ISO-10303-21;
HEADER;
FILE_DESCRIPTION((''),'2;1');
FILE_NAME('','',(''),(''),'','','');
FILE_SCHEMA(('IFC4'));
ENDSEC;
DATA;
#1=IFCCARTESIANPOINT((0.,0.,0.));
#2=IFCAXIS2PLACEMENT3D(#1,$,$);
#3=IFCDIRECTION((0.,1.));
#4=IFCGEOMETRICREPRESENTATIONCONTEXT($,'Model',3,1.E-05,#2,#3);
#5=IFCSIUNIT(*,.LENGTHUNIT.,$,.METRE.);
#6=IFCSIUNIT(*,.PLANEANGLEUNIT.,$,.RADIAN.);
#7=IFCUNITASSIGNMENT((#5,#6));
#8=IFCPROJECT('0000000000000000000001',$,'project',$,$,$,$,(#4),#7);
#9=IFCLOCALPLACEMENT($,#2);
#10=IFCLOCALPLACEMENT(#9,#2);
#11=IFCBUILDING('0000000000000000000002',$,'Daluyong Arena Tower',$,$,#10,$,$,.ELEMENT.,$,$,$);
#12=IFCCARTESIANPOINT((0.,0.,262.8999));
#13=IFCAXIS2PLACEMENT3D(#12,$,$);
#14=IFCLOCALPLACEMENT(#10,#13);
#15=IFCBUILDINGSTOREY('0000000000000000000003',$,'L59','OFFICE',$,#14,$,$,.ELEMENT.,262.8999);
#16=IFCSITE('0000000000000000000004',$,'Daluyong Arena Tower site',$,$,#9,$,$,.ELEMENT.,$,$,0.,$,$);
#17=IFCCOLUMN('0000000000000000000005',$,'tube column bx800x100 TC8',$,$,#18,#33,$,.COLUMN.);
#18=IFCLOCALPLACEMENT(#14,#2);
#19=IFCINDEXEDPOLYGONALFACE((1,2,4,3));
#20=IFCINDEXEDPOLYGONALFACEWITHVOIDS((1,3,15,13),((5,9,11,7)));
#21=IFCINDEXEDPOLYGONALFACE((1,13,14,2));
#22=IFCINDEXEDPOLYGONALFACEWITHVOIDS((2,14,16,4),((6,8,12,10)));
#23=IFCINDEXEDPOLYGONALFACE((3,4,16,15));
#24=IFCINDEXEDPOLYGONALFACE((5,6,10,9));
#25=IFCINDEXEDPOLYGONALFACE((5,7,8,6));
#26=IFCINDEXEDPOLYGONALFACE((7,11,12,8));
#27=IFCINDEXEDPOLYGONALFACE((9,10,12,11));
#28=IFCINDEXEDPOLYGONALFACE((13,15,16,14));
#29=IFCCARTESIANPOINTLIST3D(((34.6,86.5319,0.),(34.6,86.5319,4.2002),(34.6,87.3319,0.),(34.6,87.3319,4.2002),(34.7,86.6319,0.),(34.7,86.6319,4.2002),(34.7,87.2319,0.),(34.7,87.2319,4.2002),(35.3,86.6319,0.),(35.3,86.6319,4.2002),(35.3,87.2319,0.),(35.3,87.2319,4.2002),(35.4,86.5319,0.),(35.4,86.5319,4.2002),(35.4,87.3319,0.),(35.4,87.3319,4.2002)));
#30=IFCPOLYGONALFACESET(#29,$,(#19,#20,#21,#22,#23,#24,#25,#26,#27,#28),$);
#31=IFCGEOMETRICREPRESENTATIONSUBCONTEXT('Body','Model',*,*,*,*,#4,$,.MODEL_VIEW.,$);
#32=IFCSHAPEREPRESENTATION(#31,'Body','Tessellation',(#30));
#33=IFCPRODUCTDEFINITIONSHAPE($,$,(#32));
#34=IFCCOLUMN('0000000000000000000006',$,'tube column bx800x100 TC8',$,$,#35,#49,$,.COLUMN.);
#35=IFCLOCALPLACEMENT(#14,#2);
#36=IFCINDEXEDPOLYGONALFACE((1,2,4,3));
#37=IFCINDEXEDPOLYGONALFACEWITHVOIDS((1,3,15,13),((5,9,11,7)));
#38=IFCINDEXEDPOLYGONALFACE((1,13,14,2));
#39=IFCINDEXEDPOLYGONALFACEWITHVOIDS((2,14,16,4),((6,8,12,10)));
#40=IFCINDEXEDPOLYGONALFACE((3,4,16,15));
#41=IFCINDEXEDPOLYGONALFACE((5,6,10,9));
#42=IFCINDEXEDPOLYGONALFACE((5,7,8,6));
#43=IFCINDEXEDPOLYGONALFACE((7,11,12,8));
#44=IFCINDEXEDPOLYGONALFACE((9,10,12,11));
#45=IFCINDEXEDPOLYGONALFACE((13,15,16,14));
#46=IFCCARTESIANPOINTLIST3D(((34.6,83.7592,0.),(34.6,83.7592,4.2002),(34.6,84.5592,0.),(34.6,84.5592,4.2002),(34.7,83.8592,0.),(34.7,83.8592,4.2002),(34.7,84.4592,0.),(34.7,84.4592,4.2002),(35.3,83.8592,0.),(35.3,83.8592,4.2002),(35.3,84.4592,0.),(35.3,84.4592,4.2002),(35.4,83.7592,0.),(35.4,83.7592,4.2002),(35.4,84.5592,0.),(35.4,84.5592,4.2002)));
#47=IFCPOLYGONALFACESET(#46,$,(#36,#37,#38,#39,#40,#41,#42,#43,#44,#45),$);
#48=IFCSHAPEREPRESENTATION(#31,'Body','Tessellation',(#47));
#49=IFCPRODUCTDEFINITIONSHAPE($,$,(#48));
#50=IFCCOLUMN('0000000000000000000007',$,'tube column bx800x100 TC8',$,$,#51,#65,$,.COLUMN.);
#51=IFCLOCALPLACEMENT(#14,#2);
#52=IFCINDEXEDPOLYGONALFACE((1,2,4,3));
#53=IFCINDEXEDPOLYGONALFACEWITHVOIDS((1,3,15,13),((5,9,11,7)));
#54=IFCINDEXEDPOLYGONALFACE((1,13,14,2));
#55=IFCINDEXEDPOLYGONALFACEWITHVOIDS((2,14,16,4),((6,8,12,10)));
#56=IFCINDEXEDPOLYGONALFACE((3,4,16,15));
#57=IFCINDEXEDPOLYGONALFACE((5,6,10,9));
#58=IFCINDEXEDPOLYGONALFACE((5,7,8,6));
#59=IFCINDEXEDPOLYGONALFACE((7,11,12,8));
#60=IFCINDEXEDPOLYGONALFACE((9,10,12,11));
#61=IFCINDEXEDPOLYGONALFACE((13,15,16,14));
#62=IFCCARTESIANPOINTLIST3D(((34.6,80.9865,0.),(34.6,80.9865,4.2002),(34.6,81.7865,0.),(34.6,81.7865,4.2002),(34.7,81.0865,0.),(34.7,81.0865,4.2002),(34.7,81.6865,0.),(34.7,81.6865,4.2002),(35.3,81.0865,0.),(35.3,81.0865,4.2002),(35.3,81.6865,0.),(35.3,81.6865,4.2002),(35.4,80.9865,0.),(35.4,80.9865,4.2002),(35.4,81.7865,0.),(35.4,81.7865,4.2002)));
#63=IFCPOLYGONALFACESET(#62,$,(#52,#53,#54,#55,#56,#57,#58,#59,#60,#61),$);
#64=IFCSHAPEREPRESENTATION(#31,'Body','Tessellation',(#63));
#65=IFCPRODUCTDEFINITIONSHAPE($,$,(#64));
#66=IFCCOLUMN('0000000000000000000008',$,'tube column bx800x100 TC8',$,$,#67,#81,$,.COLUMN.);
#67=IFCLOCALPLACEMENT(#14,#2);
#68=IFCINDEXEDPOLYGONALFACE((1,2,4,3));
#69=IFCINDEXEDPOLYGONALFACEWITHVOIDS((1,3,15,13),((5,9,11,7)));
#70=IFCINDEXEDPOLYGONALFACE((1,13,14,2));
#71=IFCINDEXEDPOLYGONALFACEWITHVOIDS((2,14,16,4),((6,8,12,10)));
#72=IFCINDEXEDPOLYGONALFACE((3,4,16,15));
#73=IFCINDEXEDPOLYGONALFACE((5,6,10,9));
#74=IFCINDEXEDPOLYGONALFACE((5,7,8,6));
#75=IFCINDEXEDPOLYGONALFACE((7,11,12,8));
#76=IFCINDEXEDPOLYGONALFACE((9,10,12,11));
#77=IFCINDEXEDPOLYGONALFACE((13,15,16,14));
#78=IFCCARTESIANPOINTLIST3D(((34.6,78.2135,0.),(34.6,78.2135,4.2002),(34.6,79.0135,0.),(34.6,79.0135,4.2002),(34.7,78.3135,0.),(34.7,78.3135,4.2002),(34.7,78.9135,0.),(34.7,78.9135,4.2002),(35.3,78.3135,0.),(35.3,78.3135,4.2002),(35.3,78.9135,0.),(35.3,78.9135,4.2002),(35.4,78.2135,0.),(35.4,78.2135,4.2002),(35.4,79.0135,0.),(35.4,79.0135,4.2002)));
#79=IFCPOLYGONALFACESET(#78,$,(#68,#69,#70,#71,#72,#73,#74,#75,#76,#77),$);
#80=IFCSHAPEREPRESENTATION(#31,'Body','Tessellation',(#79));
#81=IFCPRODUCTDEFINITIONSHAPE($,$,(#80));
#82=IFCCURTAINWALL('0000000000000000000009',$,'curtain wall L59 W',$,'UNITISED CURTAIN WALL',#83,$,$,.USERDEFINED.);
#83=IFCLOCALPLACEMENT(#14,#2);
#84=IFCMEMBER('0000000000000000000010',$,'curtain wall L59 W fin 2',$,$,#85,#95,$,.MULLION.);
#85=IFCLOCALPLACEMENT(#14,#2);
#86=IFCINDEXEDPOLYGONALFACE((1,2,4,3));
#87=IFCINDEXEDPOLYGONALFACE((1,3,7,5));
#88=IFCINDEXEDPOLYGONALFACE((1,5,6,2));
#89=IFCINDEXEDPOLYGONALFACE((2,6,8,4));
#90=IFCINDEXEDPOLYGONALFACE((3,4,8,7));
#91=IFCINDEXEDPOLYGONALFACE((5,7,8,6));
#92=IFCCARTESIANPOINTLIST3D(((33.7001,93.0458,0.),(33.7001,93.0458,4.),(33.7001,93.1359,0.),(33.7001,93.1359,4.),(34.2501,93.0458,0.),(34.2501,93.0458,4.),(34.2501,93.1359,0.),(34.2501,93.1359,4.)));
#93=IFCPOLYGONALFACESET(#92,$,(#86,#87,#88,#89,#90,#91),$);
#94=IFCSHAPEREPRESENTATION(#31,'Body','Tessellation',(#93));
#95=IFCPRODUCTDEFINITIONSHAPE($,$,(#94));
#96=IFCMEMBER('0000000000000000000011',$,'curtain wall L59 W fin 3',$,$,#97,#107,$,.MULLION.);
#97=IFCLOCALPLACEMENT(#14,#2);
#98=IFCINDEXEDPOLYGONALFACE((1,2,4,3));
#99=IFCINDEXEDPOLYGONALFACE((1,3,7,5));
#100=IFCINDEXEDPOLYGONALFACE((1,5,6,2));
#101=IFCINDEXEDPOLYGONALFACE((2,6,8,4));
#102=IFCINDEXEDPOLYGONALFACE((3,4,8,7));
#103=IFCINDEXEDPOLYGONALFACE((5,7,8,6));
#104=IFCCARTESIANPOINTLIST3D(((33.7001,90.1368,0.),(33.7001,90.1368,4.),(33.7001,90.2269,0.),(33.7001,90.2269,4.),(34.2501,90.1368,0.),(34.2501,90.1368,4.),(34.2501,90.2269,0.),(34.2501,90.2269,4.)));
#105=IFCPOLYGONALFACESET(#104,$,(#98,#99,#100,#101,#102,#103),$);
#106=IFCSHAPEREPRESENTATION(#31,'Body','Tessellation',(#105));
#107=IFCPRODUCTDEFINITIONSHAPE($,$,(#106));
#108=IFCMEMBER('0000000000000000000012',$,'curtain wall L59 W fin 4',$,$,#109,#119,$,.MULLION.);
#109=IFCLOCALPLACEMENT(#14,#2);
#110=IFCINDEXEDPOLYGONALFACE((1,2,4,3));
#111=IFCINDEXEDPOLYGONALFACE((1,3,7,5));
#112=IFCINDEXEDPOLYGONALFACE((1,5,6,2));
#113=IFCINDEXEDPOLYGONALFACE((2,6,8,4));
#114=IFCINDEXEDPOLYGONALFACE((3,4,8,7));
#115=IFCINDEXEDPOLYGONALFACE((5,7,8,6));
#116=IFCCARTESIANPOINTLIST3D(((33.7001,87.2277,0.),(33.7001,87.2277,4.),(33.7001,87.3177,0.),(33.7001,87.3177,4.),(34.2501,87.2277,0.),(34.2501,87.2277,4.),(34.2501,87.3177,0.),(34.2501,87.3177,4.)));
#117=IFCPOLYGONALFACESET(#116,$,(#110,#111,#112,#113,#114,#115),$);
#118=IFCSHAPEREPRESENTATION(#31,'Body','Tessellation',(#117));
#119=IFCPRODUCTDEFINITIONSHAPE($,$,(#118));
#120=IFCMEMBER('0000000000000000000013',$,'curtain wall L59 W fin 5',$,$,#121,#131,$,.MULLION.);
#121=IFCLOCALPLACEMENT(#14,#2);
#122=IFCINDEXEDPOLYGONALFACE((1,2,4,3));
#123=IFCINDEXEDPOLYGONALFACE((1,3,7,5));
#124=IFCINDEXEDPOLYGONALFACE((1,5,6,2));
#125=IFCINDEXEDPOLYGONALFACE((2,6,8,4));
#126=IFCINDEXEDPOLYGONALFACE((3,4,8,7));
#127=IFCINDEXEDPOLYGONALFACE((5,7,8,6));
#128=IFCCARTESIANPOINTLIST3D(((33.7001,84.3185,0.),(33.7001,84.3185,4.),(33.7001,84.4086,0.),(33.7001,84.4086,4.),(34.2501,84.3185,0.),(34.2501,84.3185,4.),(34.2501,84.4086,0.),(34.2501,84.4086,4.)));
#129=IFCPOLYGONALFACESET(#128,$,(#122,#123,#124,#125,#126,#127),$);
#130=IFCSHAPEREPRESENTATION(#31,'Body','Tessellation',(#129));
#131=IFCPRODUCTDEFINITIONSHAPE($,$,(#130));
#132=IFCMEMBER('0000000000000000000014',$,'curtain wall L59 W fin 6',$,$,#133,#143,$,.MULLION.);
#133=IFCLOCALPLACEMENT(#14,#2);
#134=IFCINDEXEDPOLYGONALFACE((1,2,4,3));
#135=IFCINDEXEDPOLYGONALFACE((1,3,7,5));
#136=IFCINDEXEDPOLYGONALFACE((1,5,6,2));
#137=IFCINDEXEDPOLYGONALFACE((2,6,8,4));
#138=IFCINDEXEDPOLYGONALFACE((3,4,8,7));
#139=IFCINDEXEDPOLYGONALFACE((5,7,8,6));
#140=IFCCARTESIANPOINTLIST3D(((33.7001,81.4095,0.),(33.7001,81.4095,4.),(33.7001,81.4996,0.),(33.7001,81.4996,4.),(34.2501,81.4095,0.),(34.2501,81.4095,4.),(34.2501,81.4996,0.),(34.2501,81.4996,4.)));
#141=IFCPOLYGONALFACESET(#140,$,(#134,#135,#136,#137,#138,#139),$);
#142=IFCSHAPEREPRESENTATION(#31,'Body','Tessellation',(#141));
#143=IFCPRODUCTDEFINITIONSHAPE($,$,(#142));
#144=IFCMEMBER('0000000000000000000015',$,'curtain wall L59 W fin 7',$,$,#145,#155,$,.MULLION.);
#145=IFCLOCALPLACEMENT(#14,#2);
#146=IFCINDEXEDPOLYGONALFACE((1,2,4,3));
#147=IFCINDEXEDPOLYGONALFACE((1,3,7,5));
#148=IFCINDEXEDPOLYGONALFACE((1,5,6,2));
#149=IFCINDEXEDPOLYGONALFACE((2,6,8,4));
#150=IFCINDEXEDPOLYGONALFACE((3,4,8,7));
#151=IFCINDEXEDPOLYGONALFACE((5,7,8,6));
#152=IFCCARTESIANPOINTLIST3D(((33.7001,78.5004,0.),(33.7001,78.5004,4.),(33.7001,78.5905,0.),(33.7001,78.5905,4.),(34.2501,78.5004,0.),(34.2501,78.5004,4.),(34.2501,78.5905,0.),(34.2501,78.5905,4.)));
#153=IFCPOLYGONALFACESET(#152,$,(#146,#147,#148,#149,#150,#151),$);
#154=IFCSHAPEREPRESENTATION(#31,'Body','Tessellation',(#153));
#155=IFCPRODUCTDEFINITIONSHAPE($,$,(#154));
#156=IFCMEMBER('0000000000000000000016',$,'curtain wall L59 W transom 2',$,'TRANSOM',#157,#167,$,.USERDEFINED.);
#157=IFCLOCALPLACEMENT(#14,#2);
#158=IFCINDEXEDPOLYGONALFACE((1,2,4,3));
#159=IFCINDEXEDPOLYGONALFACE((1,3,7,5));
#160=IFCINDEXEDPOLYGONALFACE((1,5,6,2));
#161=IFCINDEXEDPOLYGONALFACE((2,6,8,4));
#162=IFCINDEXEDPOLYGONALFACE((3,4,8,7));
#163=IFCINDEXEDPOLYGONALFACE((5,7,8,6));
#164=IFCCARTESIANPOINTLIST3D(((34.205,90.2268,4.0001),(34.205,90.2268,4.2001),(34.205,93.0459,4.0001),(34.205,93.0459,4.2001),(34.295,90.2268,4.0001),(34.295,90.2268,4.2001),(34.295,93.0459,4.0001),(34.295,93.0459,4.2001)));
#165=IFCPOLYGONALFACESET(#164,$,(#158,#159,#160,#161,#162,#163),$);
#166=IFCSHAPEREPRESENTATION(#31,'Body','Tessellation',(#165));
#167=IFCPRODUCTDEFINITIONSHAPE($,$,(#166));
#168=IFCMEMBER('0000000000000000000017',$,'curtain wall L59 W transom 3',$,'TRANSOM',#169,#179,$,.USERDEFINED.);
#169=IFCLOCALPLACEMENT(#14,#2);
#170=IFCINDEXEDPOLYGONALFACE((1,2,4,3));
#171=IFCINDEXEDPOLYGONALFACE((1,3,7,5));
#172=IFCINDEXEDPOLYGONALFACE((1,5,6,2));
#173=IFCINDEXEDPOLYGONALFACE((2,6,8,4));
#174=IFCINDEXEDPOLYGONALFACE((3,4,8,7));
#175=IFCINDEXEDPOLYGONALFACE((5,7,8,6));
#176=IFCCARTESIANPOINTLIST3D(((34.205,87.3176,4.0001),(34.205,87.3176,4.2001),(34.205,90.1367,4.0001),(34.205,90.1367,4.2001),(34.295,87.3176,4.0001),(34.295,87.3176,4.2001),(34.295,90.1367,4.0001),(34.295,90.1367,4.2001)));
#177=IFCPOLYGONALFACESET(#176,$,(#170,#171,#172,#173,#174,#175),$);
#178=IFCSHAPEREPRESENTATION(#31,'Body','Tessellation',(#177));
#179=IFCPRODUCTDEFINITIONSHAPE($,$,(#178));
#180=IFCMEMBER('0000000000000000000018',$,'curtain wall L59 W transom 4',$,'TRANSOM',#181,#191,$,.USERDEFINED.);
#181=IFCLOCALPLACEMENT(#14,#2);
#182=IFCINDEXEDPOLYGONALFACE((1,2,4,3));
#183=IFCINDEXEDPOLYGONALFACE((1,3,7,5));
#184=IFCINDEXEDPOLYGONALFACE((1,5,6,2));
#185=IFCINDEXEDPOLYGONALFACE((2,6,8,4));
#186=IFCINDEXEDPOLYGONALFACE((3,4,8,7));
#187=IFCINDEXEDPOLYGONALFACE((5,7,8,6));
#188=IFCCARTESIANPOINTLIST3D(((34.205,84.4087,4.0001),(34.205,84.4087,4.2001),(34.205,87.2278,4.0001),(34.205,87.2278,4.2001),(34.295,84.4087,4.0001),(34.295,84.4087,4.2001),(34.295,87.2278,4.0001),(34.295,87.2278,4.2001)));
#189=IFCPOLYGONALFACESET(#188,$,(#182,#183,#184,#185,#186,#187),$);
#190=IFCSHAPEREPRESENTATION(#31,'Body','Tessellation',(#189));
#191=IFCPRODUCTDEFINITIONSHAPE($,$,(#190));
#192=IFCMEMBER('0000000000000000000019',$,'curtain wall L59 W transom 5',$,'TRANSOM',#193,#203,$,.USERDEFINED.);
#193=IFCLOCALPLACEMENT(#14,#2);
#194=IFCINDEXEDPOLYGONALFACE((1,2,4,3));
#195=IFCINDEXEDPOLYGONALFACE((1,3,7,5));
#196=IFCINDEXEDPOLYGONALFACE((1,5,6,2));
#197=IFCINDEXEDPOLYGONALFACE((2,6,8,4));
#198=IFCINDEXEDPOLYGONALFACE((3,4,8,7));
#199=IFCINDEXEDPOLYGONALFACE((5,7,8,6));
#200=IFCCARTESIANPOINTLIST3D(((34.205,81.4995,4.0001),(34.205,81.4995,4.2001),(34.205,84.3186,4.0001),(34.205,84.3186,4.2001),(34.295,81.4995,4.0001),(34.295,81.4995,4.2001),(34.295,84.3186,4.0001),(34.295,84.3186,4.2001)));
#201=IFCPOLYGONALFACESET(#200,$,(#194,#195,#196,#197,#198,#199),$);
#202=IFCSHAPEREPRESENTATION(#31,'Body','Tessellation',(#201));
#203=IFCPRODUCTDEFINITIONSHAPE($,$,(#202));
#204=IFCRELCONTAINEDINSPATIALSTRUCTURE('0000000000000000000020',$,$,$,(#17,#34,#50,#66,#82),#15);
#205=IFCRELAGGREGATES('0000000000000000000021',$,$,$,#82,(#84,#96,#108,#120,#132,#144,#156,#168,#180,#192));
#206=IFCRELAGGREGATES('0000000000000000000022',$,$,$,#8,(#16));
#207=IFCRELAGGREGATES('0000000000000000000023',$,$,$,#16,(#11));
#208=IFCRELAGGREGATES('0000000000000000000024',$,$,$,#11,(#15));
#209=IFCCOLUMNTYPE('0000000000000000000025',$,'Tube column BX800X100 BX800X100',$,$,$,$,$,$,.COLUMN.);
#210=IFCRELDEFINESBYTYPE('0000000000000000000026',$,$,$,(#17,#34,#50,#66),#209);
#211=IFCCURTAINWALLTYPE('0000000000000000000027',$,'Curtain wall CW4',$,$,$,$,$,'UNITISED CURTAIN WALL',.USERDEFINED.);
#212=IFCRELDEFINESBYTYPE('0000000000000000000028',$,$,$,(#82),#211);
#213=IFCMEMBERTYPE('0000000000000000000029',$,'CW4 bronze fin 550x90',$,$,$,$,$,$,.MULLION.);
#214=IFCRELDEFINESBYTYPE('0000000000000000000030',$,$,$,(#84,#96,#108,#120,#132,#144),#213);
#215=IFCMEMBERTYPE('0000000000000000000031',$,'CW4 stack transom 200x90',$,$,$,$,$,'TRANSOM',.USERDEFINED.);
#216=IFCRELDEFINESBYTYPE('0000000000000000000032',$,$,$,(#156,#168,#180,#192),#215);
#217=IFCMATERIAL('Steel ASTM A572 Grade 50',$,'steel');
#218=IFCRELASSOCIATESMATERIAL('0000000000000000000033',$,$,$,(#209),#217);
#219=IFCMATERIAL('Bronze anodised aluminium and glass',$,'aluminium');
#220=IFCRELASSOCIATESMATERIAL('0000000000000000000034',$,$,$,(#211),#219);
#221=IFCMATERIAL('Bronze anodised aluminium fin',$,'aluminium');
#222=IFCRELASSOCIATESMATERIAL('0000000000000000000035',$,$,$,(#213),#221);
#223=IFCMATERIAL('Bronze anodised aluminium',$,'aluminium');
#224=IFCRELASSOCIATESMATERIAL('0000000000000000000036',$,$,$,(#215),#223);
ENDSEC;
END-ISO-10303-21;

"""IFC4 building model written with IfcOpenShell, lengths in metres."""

from ifc_helpers import new_model, si_unit, direction, frame, origin, origin_2d, place, context, subcontext, project, spatial, rectangle, hollow_rectangle, extrude, material, material_profile, profile_set, type_object, element, aggregate, save


model = new_model("IFC4")

# Units and contexts
model_context = context("Model", 3, precision=1e-05, world=origin(), true_north=direction((0.0, 1.0)))
body_context = subcontext(model_context, "Body", "Model", "MODEL_VIEW")
ifc_project = project(units=[si_unit("LENGTHUNIT", "METRE"), si_unit("PLANEANGLEUNIT", "RADIAN")], contexts=[model_context])

# Site, building, storey
site_placement = place(None, origin())
site = spatial("IfcSite", under=ifc_project, at=site_placement, Name="Daluyong Arena Tower site", CompositionType="ELEMENT", RefElevation=0.0)
building_placement = place(site_placement, origin())
building = spatial("IfcBuilding", under=site, at=building_placement, Name="Daluyong Arena Tower", CompositionType="ELEMENT")
storey_placement = place(building_placement, frame((0.0, 0.0, 262.8999)))
storey = spatial("IfcBuildingStorey", under=building, at=storey_placement, Name="L59", Description="OFFICE", CompositionType="ELEMENT", Elevation=262.8999)

# Columns
ifc_material_1 = material(Name="Steel ASTM A572 Grade 50", Category="steel")
ifc_material_profile_1 = material_profile(ifc_material_1, hollow_rectangle(XDim=0.8, YDim=0.8, WallThickness=0.1, at=origin_2d()))
ifc_profile_set_1 = profile_set([ifc_material_profile_1], Name="Steel ASTM A572 Grade 50")
column_type = type_object("IfcColumnType", Name="Tube column BX800X100 BX800X100", PredefinedType="COLUMN", material=ifc_profile_set_1)
for number, where, z_axis, x_axis, name in (
    (1, (35.0, 86.9319, 0.0), (0.0, 0.0, 1.0), (0.0, 1.0, 0.0), "tube column bx800x100 TC8"),
    (2, (35.0, 84.1592, 0.0), (0.0, 0.0, 1.0), (0.0, 1.0, 0.0), "tube column bx800x100 TC8"),
    (3, (35.0, 81.3865, 0.0), (0.0, 0.0, 1.0), (0.0, 1.0, 0.0), "tube column bx800x100 TC8"),
    (4, (35.0, 78.6135, 0.0), (0.0, 0.0, 1.0), (0.0, 1.0, 0.0), "tube column bx800x100 TC8"),
):
    element("IfcColumn", number, at=place(storey_placement, frame(where, z_axis=z_axis, x_axis=x_axis)), inside=storey, type_object=column_type, Name=name, PredefinedType="COLUMN", context=body_context, shape_type="SweptSolid", body=[
        extrude(hollow_rectangle(XDim=0.8, YDim=0.8, WallThickness=0.1, at=origin_2d()), origin(), (0.0, 0.0, 1.0), 4.2002),
    ])

# Curtain wall, members
ifc_material_2 = material(Name="Bronze anodised aluminium and glass", Category="aluminium")
curtain_wall_type = type_object("IfcCurtainWallType", Name="Curtain wall CW4", ElementType="UNITISED CURTAIN WALL", PredefinedType="USERDEFINED", material=ifc_material_2)
curtain_wall_placement = place(storey_placement, origin())
curtain_wall = element("IfcCurtainWall", 5, at=curtain_wall_placement, inside=storey, type_object=curtain_wall_type, Name="curtain wall L59 W", ObjectType="UNITISED CURTAIN WALL", PredefinedType="USERDEFINED")
ifc_material_3 = material(Name="Bronze anodised aluminium fin", Category="aluminium")
ifc_material_profile_2 = material_profile(ifc_material_3, rectangle(XDim=0.55, YDim=0.0901, at=origin_2d()))
ifc_profile_set_2 = profile_set([ifc_material_profile_2], Name="Bronze anodised aluminium fin")
member_type_1 = type_object("IfcMemberType", Name="CW4 bronze fin 550x90", PredefinedType="MULLION", material=ifc_profile_set_2)
member_1_placement = place(storey_placement, frame((33.9751, 93.0908, 0.0), z_axis=(0.0, 0.0, 1.0), x_axis=(1.0, 0.0, 0.0)))
member_1 = element("IfcMember", 6, at=member_1_placement, type_object=member_type_1, Name="curtain wall L59 W fin 2", PredefinedType="MULLION", context=body_context, shape_type="SweptSolid", body=[
    extrude(rectangle(XDim=0.55, YDim=0.0901, at=origin_2d()), origin(), (0.0, 0.0, 1.0), 4.0),
])
member_2_placement = place(storey_placement, frame((33.9751, 90.1819, 0.0), z_axis=(0.0, 0.0, 1.0), x_axis=(1.0, 0.0, 0.0)))
member_2 = element("IfcMember", 7, at=member_2_placement, type_object=member_type_1, Name="curtain wall L59 W fin 3", PredefinedType="MULLION", context=body_context, shape_type="SweptSolid", body=[
    extrude(rectangle(XDim=0.55, YDim=0.0901, at=origin_2d()), origin(), (0.0, 0.0, 1.0), 4.0),
])
member_3_placement = place(storey_placement, frame((33.9751, 87.2727, 0.0), z_axis=(0.0, 0.0, 1.0), x_axis=(1.0, 0.0, 0.0)))
member_3 = element("IfcMember", 8, at=member_3_placement, type_object=member_type_1, Name="curtain wall L59 W fin 4", PredefinedType="MULLION", context=body_context, shape_type="SweptSolid", body=[
    extrude(rectangle(XDim=0.55, YDim=0.0901, at=origin_2d()), origin(), (0.0, 0.0, 1.0), 4.0),
])
member_4_placement = place(storey_placement, frame((33.9751, 84.3635, 0.0), z_axis=(0.0, 0.0, 1.0), x_axis=(1.0, 0.0, 0.0)))
member_4 = element("IfcMember", 9, at=member_4_placement, type_object=member_type_1, Name="curtain wall L59 W fin 5", PredefinedType="MULLION", context=body_context, shape_type="SweptSolid", body=[
    extrude(rectangle(XDim=0.55, YDim=0.0901, at=origin_2d()), origin(), (0.0, 0.0, 1.0), 4.0),
])
member_5_placement = place(storey_placement, frame((33.9751, 81.4546, 0.0), z_axis=(0.0, 0.0, 1.0), x_axis=(1.0, 0.0, 0.0)))
member_5 = element("IfcMember", 10, at=member_5_placement, type_object=member_type_1, Name="curtain wall L59 W fin 6", PredefinedType="MULLION", context=body_context, shape_type="SweptSolid", body=[
    extrude(rectangle(XDim=0.55, YDim=0.0901, at=origin_2d()), origin(), (0.0, 0.0, 1.0), 4.0),
])
member_6_placement = place(storey_placement, frame((33.9751, 78.5454, 0.0), z_axis=(0.0, 0.0, 1.0), x_axis=(1.0, 0.0, 0.0)))
member_6 = element("IfcMember", 11, at=member_6_placement, type_object=member_type_1, Name="curtain wall L59 W fin 7", PredefinedType="MULLION", context=body_context, shape_type="SweptSolid", body=[
    extrude(rectangle(XDim=0.55, YDim=0.0901, at=origin_2d()), origin(), (0.0, 0.0, 1.0), 4.0),
])
ifc_material_4 = material(Name="Bronze anodised aluminium", Category="aluminium")
ifc_material_profile_3 = material_profile(ifc_material_4, rectangle(XDim=0.0901, YDim=0.2, at=origin_2d()))
ifc_profile_set_3 = profile_set([ifc_material_profile_3], Name="Bronze anodised aluminium")
member_type_2 = type_object("IfcMemberType", Name="CW4 stack transom 200x90", ElementType="TRANSOM", PredefinedType="USERDEFINED", material=ifc_profile_set_3)
member_7_placement = place(storey_placement, frame((34.25, 93.0459, 4.1001), z_axis=(0.0, -1.0, 0.0), x_axis=(1.0, 0.0, 0.0)))
member_7 = element("IfcMember", 12, at=member_7_placement, type_object=member_type_2, Name="curtain wall L59 W transom 2", ObjectType="TRANSOM", PredefinedType="USERDEFINED", context=body_context, shape_type="SweptSolid", body=[
    extrude(rectangle(XDim=0.0901, YDim=0.2, at=origin_2d()), origin(), (0.0, 0.0, 1.0), 2.8191),
])
member_8_placement = place(storey_placement, frame((34.25, 90.1367, 4.1001), z_axis=(0.0, -1.0, 0.0), x_axis=(1.0, 0.0, 0.0)))
member_8 = element("IfcMember", 13, at=member_8_placement, type_object=member_type_2, Name="curtain wall L59 W transom 3", ObjectType="TRANSOM", PredefinedType="USERDEFINED", context=body_context, shape_type="SweptSolid", body=[
    extrude(rectangle(XDim=0.0901, YDim=0.2, at=origin_2d()), origin(), (0.0, 0.0, 1.0), 2.8191),
])
member_9_placement = place(storey_placement, frame((34.25, 87.2278, 4.1001), z_axis=(0.0, -1.0, 0.0), x_axis=(1.0, 0.0, 0.0)))
member_9 = element("IfcMember", 14, at=member_9_placement, type_object=member_type_2, Name="curtain wall L59 W transom 4", ObjectType="TRANSOM", PredefinedType="USERDEFINED", context=body_context, shape_type="SweptSolid", body=[
    extrude(rectangle(XDim=0.0901, YDim=0.2, at=origin_2d()), origin(), (0.0, 0.0, 1.0), 2.8191),
])
member_10_placement = place(storey_placement, frame((34.25, 84.3186, 4.1001), z_axis=(0.0, -1.0, 0.0), x_axis=(1.0, 0.0, 0.0)))
member_10 = element("IfcMember", 15, at=member_10_placement, type_object=member_type_2, Name="curtain wall L59 W transom 5", ObjectType="TRANSOM", PredefinedType="USERDEFINED", context=body_context, shape_type="SweptSolid", body=[
    extrude(rectangle(XDim=0.0901, YDim=0.2, at=origin_2d()), origin(), (0.0, 0.0, 1.0), 2.8191),
])

aggregate(curtain_wall, [member_1, member_2, member_3, member_4, member_5, member_6, member_7, member_8, member_9, member_10])

save(model, "model.ifc")
